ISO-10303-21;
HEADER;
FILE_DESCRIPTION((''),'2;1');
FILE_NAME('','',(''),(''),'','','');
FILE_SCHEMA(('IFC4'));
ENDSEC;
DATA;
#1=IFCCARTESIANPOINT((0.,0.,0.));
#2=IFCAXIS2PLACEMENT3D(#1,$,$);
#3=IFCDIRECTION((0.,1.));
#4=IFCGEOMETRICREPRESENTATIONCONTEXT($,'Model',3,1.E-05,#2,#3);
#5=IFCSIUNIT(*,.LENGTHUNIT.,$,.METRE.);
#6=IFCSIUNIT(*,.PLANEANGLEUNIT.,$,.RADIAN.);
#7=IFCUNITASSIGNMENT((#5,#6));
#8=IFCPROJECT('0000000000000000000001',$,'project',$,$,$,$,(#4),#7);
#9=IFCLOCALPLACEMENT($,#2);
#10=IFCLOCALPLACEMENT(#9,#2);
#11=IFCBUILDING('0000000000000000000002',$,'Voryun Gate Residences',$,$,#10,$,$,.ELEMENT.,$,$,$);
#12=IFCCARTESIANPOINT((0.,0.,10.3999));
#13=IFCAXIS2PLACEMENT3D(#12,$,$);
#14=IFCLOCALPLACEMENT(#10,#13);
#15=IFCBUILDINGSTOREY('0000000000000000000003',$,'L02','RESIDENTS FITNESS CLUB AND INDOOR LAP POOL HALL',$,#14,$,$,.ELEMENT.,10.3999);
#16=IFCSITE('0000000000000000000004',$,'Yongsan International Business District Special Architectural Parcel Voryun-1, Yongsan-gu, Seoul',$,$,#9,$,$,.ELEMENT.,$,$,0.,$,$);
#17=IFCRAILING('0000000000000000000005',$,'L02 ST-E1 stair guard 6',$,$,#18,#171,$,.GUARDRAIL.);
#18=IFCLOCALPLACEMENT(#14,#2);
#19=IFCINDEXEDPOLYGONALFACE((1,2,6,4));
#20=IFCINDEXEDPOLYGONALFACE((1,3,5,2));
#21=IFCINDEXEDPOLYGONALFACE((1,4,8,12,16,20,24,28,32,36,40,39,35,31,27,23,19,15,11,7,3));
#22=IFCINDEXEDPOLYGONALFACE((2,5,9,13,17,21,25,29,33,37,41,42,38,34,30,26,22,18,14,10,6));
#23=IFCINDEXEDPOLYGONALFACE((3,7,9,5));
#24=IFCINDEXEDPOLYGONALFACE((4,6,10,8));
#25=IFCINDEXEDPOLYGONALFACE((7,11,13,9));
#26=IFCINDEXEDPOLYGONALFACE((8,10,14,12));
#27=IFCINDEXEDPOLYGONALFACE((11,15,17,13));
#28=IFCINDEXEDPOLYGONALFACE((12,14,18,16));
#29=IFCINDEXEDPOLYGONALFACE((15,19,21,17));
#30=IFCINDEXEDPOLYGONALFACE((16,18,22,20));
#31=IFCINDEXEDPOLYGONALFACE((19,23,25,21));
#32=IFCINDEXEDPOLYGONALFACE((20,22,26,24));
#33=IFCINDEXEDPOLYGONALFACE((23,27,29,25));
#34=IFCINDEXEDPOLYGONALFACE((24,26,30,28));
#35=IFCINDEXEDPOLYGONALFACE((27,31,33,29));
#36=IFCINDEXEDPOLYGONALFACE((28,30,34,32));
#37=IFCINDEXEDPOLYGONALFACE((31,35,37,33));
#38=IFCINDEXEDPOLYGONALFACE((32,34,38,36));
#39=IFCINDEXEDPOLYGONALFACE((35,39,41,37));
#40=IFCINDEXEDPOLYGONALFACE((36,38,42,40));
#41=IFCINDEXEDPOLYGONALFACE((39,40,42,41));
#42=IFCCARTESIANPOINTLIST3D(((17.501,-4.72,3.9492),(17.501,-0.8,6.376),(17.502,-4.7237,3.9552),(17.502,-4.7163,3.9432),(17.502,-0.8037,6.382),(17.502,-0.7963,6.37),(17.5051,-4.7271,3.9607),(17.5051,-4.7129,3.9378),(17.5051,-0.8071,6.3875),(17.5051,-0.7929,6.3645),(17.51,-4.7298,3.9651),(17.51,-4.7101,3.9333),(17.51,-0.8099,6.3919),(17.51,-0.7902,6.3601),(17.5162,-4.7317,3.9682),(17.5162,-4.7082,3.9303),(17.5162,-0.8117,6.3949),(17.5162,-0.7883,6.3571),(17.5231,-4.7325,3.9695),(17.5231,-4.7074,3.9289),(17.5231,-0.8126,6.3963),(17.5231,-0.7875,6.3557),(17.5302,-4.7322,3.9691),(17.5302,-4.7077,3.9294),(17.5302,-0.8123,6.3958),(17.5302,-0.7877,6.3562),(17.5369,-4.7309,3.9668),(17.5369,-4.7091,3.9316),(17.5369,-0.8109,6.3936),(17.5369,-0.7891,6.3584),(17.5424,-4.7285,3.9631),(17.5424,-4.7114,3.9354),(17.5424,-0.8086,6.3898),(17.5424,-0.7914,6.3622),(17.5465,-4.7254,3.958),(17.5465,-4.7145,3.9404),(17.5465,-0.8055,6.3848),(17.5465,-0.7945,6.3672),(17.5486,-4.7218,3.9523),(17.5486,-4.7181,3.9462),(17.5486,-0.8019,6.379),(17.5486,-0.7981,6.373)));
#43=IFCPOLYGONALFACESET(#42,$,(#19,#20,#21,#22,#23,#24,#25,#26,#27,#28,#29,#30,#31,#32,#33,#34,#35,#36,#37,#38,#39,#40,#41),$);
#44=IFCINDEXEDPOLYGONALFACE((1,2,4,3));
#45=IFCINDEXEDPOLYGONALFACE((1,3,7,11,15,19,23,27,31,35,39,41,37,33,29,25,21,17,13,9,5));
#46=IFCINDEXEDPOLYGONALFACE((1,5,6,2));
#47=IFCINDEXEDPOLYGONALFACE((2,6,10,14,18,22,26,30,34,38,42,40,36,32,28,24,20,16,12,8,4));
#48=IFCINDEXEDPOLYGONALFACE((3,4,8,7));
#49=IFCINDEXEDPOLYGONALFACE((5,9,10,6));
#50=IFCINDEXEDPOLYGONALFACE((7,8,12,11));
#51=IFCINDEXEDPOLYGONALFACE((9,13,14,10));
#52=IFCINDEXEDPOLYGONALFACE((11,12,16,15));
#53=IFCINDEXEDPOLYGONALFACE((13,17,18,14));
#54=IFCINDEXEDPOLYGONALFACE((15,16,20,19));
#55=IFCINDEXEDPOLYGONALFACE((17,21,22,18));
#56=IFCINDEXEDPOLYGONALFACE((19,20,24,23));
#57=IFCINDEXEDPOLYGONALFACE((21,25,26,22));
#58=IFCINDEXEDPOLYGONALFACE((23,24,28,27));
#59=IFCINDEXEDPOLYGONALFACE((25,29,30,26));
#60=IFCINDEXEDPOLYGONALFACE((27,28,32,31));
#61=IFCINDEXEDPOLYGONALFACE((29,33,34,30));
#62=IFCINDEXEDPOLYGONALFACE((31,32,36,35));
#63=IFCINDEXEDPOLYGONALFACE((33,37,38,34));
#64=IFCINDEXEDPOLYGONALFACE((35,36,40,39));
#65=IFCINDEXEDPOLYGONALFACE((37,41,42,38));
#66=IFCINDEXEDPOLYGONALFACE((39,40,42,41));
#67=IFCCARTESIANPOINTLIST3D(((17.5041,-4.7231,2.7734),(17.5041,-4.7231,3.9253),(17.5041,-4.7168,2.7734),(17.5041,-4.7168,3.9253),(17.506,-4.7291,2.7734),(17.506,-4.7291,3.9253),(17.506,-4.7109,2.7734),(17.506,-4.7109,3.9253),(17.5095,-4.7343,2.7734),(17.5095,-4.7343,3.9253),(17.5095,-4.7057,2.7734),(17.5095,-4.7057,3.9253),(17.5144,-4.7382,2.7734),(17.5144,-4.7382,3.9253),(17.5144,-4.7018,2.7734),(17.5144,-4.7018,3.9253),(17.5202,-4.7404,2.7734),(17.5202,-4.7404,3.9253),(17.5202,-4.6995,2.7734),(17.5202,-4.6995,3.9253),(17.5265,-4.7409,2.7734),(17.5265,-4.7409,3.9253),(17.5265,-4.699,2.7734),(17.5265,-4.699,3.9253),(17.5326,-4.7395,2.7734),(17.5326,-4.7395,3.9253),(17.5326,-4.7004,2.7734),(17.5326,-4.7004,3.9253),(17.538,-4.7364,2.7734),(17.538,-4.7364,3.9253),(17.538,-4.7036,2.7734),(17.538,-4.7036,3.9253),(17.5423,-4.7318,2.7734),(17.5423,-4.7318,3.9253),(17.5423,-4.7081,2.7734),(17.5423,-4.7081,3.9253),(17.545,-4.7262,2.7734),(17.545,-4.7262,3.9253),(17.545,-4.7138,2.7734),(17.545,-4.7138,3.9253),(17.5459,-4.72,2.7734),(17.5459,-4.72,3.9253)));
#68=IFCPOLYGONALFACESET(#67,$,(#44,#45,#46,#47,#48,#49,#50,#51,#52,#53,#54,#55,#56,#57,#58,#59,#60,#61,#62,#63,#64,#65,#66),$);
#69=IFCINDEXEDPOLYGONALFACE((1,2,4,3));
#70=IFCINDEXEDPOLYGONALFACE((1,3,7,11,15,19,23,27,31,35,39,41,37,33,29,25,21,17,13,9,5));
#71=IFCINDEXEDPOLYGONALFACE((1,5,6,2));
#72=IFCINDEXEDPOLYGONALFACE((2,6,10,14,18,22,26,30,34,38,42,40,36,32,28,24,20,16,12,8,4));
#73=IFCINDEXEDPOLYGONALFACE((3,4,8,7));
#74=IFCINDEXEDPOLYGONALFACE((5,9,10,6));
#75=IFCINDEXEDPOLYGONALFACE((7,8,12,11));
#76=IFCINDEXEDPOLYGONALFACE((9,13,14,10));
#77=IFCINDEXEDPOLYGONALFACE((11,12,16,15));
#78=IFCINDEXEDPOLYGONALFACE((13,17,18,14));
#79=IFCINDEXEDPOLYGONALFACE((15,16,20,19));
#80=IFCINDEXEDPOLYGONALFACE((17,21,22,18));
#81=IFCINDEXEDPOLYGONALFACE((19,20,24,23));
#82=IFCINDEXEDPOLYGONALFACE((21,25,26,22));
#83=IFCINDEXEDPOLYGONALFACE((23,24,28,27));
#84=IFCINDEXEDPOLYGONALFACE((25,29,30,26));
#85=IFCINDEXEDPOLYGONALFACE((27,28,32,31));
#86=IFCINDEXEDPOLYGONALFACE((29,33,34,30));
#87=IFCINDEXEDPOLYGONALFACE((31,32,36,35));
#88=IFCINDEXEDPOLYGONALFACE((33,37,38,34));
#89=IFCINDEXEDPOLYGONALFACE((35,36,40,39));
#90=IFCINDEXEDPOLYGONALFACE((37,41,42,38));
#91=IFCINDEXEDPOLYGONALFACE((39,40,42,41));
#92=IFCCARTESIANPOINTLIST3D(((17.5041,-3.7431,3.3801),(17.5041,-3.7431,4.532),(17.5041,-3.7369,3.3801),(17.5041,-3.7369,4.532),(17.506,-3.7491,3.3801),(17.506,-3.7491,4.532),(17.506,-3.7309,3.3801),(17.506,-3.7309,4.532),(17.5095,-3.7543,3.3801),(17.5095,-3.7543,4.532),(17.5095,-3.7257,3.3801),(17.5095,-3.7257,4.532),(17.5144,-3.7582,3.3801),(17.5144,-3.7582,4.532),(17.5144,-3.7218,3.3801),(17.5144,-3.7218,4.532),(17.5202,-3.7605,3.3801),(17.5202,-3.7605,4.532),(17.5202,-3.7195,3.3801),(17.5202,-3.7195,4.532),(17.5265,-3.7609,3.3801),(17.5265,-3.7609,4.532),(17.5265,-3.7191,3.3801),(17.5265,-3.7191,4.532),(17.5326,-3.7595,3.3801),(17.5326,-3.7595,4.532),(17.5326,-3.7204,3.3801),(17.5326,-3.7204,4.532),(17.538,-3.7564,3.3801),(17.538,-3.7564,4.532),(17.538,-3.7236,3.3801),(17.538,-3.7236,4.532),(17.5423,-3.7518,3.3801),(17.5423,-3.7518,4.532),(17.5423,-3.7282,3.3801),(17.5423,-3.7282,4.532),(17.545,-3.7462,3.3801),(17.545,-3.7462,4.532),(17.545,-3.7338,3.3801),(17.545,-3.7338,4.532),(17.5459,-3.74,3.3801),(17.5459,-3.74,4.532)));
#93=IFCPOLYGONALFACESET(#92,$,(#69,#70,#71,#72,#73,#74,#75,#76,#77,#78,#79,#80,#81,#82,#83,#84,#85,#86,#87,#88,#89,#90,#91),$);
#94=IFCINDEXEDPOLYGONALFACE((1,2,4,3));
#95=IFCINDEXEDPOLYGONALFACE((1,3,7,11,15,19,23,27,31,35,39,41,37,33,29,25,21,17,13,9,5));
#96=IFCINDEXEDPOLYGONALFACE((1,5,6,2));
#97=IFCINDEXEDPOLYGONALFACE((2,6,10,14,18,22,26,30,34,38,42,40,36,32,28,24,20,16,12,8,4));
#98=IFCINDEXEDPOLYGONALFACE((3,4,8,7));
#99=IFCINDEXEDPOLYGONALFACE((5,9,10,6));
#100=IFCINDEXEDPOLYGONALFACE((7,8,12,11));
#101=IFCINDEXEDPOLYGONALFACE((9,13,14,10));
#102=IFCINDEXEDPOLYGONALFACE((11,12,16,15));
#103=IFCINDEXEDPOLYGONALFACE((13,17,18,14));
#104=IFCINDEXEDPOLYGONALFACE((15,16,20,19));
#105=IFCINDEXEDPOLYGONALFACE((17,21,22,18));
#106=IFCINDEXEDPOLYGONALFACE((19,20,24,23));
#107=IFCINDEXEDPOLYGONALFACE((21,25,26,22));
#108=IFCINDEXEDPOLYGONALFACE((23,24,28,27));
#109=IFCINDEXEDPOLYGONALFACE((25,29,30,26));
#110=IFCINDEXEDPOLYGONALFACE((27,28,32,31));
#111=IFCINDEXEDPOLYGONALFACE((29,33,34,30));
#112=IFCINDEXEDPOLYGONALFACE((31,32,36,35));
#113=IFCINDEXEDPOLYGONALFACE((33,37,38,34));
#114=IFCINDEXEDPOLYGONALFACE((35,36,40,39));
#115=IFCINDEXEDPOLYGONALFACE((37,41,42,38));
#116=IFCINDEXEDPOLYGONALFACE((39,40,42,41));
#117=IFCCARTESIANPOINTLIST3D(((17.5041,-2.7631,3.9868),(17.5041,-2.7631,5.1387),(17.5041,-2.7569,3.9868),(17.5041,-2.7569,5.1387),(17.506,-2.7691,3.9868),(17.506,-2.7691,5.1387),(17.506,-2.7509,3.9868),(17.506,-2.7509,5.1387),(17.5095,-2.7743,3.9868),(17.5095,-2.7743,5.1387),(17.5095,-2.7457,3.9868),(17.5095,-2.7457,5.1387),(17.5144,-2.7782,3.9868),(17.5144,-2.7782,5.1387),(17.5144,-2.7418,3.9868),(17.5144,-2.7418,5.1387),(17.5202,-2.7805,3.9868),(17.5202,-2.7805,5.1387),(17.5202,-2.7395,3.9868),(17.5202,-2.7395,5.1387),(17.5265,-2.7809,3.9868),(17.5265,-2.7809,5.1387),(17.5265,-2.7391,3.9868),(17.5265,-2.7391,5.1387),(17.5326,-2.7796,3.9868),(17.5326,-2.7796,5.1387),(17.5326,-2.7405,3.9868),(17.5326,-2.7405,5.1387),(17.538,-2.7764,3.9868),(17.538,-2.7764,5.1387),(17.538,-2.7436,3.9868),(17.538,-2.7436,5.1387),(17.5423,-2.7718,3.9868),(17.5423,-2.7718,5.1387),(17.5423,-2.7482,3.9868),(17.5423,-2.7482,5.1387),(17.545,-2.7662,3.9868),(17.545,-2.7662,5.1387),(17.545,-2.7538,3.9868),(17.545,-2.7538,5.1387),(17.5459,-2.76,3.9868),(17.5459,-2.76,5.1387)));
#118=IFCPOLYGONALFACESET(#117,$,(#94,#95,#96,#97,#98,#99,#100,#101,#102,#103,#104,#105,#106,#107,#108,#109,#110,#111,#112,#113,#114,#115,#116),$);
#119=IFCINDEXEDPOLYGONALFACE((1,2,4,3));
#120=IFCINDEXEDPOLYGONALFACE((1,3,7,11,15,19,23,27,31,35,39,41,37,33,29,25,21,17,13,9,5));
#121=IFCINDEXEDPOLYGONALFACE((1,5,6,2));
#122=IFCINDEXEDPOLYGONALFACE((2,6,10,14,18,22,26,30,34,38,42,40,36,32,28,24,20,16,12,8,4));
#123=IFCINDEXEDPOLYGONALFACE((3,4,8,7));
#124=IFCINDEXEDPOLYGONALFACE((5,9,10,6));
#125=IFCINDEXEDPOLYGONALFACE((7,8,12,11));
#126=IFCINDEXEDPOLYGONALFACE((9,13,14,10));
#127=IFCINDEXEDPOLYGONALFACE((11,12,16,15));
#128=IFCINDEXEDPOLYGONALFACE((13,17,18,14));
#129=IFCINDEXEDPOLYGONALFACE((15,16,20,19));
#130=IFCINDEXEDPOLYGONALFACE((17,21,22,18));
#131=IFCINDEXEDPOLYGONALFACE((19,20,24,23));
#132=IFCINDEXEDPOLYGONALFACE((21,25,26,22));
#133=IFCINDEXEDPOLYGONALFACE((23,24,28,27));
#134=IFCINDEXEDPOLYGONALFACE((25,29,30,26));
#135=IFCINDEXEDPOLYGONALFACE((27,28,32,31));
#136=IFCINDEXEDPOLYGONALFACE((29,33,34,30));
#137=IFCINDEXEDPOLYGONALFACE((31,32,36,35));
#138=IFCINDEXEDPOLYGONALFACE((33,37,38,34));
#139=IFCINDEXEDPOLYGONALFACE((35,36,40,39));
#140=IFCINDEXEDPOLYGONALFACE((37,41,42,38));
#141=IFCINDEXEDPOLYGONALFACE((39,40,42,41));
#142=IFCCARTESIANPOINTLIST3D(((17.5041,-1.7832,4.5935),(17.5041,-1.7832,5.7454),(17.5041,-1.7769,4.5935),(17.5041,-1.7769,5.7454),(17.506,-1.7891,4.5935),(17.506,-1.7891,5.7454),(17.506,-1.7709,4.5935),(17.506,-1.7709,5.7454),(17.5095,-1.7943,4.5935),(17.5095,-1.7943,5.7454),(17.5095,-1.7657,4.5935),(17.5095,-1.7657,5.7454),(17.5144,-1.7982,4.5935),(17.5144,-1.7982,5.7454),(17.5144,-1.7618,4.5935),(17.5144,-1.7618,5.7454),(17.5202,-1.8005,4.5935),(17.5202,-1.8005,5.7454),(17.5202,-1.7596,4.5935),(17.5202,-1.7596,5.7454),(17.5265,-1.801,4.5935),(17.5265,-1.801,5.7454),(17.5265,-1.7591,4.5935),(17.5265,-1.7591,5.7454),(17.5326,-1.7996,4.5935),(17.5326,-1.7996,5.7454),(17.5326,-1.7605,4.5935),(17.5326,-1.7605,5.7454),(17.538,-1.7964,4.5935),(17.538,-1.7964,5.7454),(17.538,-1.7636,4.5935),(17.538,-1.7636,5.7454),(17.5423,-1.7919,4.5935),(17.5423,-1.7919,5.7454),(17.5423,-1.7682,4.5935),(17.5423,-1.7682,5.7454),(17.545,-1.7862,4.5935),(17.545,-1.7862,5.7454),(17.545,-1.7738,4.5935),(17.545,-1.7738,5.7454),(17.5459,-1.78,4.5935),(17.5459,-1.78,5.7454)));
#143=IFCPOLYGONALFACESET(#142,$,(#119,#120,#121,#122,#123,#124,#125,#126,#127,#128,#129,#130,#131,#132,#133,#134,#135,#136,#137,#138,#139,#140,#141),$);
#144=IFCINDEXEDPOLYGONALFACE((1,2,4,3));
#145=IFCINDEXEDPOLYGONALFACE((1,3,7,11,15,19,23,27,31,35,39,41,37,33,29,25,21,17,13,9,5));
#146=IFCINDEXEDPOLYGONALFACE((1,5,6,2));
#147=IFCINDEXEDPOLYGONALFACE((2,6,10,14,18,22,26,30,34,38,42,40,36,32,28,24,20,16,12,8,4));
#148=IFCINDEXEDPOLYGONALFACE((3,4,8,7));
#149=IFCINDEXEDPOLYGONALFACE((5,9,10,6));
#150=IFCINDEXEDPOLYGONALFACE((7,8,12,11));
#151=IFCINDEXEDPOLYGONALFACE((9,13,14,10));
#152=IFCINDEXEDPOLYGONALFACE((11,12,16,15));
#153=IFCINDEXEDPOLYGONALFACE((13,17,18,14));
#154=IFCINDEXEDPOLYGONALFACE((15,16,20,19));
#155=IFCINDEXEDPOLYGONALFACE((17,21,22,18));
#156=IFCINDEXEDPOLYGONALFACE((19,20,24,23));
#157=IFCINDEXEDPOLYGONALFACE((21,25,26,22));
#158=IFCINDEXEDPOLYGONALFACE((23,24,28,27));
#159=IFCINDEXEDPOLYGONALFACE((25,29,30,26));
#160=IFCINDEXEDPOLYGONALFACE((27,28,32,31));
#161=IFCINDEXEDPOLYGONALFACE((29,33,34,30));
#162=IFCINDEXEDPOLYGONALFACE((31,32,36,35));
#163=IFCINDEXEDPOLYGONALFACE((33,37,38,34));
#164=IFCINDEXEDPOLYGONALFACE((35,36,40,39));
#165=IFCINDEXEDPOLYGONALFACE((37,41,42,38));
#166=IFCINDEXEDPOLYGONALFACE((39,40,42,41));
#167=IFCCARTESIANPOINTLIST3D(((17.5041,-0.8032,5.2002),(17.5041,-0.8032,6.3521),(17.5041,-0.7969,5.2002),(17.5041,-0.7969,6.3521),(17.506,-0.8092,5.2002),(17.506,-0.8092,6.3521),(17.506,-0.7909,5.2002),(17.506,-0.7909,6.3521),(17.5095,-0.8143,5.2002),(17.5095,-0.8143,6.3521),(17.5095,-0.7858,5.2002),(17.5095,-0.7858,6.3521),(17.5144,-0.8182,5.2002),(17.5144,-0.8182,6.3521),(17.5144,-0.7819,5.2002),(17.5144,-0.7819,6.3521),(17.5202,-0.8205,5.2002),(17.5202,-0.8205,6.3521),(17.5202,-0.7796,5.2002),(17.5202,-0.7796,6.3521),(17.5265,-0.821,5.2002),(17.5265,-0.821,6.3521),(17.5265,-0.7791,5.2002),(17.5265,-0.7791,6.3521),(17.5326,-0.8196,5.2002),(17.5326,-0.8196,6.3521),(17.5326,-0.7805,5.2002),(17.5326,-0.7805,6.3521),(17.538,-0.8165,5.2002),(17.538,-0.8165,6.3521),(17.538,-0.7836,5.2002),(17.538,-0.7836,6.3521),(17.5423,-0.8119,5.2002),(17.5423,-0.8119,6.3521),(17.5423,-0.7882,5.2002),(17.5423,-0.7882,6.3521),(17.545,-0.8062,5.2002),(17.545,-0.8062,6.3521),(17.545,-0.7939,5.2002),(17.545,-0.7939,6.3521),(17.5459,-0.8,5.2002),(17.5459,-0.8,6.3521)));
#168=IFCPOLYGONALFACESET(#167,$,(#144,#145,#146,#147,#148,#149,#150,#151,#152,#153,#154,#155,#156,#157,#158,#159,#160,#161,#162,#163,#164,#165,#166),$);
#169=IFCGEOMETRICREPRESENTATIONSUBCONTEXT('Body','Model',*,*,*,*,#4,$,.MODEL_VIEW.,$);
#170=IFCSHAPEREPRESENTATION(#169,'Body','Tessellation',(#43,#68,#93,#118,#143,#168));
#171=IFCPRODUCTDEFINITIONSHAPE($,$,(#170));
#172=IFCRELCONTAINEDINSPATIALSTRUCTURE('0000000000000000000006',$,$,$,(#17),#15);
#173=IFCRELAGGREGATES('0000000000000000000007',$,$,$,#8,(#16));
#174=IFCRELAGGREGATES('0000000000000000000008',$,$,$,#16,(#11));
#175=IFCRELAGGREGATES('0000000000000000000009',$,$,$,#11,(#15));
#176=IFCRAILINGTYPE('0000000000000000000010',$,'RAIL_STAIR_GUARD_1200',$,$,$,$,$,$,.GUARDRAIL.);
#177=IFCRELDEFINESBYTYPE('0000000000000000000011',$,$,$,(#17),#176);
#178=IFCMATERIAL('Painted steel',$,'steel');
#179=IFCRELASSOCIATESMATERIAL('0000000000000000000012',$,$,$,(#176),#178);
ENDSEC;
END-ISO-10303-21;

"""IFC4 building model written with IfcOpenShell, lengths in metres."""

from ifc_helpers import new_model, si_unit, direction, frame, origin, origin_2d, place, context, subcontext, project, spatial, circle, extrude, material, type_object, element, save


model = new_model("IFC4")

# Units and contexts
model_context = context("Model", 3, precision=1e-05, world=origin(), true_north=direction((0.0, 1.0)))
body_context = subcontext(model_context, "Body", "Model", "MODEL_VIEW")
ifc_project = project(units=[si_unit("LENGTHUNIT", "METRE"), si_unit("PLANEANGLEUNIT", "RADIAN")], contexts=[model_context])

# Site, building, storey
site_placement = place(None, origin())
site = spatial("IfcSite", under=ifc_project, at=site_placement, Name="Yongsan International Business District Special Architectural Parcel Voryun-1, Yongsan-gu, Seoul", CompositionType="ELEMENT", RefElevation=0.0)
building_placement = place(site_placement, origin())
building = spatial("IfcBuilding", under=site, at=building_placement, Name="Voryun Gate Residences", CompositionType="ELEMENT")
storey_placement = place(building_placement, frame((0.0, 0.0, 10.3999)))
storey = spatial("IfcBuildingStorey", under=building, at=storey_placement, Name="L02", Description="RESIDENTS FITNESS CLUB AND INDOOR LAP POOL HALL", CompositionType="ELEMENT", Elevation=10.3999)

# Railing
ifc_material_1 = material(Name="Painted steel", Category="steel")
railing_type = type_object("IfcRailingType", Name="RAIL_STAIR_GUARD_1200", PredefinedType="GUARDRAIL", material=ifc_material_1)
railing_1_placement = place(storey_placement, frame((17.5249, -4.72, 2.7734)))
element("IfcRailing", 1, at=railing_1_placement, inside=storey, type_object=railing_type, Name="L02 ST-E1 stair guard 6", PredefinedType="GUARDRAIL", context=body_context, shape_type="SweptSolid", body=[
    extrude(circle(Radius=0.0239, at=origin_2d()), frame((0.0, 0.0, 1.1758), z_axis=(0.0, 0.850252, 0.526376), x_axis=(-1.0, 0.0, 0.0)), (0.0, 0.0, 1.0), 4.6104),
    extrude(circle(Radius=0.021, at=origin_2d()), origin(), (0.0, 0.0, 1.0), 1.1519),
    extrude(circle(Radius=0.021, at=origin_2d()), frame((0.0, 0.98, 0.6067)), (0.0, 0.0, 1.0), 1.1519),
    extrude(circle(Radius=0.021, at=origin_2d()), frame((0.0, 1.96, 1.2134)), (0.0, 0.0, 1.0), 1.1519),
    extrude(circle(Radius=0.021, at=origin_2d()), frame((0.0, 2.9399, 1.8201)), (0.0, 0.0, 1.0), 1.1519),
    extrude(circle(Radius=0.021, at=origin_2d()), frame((0.0, 3.9199, 2.4268)), (0.0, 0.0, 1.0), 1.1519),
])

save(model, "model.ifc")
